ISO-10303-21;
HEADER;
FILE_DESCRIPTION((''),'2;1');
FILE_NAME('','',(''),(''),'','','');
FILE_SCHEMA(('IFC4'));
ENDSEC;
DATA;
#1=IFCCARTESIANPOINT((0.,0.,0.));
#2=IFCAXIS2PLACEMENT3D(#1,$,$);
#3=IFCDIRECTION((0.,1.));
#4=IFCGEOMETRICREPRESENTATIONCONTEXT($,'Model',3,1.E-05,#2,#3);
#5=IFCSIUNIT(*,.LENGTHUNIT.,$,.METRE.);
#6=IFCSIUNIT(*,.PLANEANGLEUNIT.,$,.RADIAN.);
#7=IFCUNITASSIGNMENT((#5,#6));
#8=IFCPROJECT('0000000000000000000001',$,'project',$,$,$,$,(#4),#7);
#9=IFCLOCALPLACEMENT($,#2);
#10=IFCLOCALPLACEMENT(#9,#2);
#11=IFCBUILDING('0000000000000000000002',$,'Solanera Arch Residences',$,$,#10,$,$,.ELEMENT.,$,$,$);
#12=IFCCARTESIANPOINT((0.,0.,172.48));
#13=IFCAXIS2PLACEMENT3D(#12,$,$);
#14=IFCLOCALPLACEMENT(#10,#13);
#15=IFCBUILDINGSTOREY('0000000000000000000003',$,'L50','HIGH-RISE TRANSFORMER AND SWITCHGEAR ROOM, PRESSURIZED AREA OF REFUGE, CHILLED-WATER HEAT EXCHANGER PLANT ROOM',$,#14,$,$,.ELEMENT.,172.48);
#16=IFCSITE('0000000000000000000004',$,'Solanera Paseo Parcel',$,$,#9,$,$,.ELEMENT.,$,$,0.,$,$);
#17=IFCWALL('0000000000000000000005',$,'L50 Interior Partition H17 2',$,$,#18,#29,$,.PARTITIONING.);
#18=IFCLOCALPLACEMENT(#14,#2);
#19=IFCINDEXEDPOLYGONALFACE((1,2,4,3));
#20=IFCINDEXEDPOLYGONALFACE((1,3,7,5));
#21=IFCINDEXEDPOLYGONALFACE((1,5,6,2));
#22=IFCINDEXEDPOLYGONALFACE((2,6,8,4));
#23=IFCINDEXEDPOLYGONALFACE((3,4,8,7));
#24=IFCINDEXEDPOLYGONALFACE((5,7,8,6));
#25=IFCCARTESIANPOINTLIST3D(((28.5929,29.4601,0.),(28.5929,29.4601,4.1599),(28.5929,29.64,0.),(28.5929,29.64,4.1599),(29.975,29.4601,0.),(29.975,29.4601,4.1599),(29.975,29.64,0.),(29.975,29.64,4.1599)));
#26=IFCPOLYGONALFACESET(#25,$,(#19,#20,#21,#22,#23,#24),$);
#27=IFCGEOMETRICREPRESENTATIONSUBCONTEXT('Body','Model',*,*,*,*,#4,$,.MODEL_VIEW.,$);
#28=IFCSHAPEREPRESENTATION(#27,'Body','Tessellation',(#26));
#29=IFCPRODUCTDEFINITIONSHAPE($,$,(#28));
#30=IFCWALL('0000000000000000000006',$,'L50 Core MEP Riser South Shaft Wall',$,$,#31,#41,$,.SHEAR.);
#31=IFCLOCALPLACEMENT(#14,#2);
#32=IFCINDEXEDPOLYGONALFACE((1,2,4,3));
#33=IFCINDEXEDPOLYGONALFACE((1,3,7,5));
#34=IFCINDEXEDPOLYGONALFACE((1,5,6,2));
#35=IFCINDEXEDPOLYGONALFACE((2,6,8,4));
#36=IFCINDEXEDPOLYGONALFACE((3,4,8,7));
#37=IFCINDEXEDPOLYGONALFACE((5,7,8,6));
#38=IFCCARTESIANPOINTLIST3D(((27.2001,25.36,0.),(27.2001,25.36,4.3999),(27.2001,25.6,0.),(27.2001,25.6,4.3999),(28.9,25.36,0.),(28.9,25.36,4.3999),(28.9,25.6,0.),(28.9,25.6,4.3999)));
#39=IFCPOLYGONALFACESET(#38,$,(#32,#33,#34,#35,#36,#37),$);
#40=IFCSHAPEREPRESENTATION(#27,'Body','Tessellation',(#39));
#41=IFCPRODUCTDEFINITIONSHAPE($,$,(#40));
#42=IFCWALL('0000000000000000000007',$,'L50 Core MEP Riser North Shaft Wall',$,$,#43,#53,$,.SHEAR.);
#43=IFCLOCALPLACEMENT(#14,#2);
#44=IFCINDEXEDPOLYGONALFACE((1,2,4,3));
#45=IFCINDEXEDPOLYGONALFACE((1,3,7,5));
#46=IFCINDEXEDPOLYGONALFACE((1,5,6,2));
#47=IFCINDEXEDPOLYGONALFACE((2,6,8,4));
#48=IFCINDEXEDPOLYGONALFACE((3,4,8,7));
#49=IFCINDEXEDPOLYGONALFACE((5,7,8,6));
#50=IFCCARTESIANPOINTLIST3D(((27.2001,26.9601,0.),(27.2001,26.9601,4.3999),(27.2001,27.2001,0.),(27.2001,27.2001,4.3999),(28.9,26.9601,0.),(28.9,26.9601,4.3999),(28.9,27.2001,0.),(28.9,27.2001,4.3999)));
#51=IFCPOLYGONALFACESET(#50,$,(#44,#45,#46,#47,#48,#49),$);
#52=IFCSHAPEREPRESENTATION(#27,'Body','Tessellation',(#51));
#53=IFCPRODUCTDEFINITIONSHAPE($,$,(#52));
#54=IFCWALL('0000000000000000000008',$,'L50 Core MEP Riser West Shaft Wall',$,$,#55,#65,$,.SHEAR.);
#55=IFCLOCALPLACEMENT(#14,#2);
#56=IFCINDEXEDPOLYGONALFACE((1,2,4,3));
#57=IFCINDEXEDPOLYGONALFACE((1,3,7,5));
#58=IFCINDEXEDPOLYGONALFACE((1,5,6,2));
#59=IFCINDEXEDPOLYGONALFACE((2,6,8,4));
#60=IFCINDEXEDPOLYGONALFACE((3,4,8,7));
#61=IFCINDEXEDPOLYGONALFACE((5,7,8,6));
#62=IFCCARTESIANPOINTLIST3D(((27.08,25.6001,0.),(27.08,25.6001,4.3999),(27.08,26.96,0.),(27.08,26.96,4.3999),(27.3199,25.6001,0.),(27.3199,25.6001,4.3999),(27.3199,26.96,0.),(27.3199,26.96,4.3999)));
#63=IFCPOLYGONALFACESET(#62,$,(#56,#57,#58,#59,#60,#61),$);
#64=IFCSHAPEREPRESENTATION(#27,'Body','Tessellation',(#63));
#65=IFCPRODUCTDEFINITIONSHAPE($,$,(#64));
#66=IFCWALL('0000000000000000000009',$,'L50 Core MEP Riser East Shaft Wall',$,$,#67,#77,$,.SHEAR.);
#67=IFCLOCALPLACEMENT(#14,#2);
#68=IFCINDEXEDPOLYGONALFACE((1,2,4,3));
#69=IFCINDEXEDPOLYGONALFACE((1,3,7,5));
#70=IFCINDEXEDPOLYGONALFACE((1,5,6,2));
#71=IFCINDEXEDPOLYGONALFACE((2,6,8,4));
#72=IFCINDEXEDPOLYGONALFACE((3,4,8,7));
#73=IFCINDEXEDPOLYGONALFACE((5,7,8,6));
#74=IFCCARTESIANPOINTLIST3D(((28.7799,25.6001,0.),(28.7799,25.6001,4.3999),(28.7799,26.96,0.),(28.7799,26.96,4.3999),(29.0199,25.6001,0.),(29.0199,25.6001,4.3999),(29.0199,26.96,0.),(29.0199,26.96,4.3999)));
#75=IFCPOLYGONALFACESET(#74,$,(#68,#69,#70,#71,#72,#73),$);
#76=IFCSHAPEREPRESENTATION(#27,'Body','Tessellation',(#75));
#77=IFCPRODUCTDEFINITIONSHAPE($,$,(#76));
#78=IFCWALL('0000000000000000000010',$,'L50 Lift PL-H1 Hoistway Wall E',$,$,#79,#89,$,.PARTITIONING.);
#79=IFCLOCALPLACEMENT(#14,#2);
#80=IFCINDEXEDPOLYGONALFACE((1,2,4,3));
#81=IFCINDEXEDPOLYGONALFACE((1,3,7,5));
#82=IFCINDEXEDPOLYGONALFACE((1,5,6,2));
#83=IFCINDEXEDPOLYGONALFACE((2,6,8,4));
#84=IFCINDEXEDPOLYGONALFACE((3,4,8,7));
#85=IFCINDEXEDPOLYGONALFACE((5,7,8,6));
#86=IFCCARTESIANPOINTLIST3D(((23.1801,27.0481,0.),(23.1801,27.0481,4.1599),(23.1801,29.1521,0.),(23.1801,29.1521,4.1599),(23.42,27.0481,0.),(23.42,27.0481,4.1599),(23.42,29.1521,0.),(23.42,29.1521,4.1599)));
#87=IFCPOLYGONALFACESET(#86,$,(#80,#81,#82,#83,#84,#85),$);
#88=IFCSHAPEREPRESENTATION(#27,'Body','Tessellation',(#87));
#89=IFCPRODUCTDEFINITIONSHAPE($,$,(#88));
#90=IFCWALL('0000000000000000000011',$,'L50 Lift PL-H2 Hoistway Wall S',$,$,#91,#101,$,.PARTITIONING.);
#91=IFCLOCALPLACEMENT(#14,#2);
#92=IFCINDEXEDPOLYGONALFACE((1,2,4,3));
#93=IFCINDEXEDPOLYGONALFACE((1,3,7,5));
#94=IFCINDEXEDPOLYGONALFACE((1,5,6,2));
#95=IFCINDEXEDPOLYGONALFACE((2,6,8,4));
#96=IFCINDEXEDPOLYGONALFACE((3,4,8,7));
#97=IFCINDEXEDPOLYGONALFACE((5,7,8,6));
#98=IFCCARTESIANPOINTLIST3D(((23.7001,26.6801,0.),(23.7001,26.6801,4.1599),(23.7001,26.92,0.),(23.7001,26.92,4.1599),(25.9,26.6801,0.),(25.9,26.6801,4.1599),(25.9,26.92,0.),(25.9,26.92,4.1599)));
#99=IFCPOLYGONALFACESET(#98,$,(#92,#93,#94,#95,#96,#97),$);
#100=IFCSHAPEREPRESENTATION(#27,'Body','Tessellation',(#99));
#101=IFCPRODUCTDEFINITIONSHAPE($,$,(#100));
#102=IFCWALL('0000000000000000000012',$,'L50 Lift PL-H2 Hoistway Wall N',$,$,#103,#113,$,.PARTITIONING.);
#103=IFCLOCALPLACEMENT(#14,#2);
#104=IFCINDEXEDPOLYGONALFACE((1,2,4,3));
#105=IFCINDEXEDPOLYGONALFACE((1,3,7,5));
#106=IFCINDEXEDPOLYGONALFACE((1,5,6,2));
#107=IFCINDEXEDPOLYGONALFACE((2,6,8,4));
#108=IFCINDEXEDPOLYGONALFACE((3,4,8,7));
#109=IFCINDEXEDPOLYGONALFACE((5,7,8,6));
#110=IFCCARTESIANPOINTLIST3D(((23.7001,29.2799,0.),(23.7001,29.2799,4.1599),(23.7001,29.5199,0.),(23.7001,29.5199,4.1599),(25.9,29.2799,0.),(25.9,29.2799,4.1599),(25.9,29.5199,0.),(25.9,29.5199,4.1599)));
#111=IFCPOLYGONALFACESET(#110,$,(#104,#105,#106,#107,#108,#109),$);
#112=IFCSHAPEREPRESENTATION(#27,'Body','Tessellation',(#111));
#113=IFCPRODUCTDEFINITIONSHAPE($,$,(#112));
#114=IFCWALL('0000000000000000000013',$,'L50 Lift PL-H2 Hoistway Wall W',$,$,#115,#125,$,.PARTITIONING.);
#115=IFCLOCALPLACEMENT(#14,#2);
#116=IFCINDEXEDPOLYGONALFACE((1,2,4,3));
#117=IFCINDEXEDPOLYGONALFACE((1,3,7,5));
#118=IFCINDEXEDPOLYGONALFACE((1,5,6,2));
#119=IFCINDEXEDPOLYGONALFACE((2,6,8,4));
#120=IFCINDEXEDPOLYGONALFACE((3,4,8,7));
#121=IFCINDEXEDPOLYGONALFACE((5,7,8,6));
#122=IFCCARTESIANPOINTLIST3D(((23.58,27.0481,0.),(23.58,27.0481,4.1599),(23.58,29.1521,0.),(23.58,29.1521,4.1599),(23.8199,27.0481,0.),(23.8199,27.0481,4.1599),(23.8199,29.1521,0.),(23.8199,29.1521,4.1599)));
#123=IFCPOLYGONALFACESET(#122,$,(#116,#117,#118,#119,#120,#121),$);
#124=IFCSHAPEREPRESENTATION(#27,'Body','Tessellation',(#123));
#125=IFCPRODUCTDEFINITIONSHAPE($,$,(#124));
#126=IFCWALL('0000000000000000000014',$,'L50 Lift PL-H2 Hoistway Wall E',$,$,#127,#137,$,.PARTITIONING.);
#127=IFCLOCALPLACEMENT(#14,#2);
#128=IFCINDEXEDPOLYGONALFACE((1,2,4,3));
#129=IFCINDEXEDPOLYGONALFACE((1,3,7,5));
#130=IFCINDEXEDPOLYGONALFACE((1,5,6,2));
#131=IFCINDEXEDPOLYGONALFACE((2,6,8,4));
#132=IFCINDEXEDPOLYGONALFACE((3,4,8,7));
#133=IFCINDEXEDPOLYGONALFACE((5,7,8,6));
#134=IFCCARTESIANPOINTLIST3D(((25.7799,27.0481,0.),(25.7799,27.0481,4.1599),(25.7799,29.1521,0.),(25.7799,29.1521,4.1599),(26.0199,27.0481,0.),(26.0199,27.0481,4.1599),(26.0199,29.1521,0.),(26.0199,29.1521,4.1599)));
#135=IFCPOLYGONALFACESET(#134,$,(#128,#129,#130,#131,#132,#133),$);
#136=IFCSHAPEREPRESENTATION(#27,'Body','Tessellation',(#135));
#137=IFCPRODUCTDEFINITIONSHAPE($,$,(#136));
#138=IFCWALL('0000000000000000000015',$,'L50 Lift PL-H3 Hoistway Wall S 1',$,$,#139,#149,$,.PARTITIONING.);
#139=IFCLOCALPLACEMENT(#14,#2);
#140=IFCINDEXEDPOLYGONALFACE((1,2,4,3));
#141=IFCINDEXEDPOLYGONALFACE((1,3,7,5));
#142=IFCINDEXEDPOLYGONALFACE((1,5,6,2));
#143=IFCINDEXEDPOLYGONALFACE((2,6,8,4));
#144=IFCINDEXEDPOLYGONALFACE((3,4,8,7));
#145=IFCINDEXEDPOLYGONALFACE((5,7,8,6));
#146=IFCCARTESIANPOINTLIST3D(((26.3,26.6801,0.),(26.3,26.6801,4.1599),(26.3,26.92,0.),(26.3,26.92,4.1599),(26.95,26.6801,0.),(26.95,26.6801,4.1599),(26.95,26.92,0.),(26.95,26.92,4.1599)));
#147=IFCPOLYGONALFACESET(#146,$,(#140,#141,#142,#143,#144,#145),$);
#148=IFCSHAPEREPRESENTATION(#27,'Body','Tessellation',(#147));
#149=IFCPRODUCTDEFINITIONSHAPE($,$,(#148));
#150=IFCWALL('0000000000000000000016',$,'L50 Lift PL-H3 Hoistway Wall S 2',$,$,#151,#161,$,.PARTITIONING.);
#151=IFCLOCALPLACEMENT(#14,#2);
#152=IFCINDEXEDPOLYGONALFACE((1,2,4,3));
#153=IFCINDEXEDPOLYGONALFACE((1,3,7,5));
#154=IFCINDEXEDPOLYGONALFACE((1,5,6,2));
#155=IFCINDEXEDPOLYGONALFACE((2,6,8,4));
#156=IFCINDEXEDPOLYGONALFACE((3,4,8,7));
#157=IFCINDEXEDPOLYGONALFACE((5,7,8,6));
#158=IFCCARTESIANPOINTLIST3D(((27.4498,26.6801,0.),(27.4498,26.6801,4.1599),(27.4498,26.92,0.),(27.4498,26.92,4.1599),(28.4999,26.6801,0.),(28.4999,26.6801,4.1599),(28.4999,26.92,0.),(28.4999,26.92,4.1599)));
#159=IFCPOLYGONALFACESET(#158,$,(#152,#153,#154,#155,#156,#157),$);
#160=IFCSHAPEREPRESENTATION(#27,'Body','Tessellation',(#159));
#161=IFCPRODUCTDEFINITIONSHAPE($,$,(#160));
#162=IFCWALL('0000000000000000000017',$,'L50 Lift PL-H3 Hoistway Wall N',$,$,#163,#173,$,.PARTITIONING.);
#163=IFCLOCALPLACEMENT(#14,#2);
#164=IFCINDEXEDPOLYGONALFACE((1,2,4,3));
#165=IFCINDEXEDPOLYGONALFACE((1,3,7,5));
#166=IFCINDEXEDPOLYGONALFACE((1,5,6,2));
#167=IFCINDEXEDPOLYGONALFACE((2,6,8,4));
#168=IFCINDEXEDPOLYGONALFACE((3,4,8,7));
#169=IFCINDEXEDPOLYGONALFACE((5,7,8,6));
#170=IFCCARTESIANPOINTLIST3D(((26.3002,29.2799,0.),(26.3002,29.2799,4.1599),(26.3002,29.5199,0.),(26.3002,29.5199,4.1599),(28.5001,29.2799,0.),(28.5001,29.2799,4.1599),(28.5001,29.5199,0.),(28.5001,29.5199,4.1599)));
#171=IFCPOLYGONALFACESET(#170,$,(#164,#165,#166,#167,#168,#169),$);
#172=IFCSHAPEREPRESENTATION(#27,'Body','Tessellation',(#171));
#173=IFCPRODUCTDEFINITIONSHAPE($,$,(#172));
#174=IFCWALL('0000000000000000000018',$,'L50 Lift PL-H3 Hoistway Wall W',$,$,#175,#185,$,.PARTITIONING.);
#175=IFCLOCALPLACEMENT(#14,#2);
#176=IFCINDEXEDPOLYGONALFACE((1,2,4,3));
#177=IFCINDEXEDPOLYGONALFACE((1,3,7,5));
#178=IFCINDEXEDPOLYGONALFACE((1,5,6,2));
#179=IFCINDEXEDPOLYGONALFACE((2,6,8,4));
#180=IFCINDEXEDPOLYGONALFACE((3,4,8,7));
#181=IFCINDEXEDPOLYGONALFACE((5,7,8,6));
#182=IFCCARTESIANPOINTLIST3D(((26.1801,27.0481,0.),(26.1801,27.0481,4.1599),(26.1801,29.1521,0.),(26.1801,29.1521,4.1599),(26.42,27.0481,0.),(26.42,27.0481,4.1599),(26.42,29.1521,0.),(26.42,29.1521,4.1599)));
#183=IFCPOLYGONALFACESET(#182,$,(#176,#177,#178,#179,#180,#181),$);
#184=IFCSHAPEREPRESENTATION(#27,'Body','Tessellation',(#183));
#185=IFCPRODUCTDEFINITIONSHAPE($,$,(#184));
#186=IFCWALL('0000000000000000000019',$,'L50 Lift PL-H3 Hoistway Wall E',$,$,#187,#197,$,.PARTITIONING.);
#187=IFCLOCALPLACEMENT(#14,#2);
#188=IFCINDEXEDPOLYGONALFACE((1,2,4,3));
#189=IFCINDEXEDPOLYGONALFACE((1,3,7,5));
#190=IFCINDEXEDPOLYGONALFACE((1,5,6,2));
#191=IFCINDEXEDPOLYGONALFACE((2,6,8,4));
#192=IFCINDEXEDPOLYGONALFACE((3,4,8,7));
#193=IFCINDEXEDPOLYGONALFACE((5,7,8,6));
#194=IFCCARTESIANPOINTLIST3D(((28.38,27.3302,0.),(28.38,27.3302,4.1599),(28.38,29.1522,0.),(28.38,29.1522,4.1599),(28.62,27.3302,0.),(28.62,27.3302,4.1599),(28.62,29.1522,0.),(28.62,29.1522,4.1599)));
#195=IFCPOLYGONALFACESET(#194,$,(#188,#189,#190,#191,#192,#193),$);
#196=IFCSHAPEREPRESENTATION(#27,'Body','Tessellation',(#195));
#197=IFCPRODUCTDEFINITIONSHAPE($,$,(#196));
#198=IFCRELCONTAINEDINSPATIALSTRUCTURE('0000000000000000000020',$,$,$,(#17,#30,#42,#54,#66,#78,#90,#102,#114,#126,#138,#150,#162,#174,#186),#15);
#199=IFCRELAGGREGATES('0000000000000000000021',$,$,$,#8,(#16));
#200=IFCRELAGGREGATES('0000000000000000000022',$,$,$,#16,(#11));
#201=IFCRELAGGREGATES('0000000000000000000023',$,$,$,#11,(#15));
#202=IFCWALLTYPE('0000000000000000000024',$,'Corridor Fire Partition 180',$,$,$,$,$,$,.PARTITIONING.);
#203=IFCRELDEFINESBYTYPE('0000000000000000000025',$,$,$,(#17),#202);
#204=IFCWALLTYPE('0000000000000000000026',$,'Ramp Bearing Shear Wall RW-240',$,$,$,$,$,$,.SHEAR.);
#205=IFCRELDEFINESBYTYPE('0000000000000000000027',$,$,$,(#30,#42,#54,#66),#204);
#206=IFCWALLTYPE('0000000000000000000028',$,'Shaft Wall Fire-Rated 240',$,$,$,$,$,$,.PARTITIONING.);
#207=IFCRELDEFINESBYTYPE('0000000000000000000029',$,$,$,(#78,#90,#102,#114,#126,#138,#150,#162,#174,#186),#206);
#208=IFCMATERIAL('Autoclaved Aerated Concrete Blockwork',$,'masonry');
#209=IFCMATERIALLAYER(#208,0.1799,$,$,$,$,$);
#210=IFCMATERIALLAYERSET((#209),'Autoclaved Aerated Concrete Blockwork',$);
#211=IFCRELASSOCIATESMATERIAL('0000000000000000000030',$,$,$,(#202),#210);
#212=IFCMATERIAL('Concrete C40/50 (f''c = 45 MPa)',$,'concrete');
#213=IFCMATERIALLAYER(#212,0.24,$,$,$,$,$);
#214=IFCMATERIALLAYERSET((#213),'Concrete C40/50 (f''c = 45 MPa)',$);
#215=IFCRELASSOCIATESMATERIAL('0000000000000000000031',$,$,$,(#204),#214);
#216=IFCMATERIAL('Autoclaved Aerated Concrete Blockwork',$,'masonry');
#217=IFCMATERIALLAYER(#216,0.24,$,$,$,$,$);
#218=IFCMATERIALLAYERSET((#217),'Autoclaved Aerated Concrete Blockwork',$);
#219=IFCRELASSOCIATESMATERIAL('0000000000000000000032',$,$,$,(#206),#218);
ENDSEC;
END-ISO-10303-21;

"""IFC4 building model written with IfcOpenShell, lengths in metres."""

from ifc_helpers import new_model, si_unit, direction, frame, frame_2d, origin, place, context, subcontext, project, spatial, rectangle, extrude, material, layer, layer_set, type_object, element, save


model = new_model("IFC4")

# Units and contexts
model_context = context("Model", 3, precision=1e-05, world=origin(), true_north=direction((0.0, 1.0)))
body_context = subcontext(model_context, "Body", "Model", "MODEL_VIEW")
ifc_project = project(units=[si_unit("LENGTHUNIT", "METRE"), si_unit("PLANEANGLEUNIT", "RADIAN")], contexts=[model_context])

# Site, building, storey
site_placement = place(None, origin())
site = spatial("IfcSite", under=ifc_project, at=site_placement, Name="Solanera Paseo Parcel", CompositionType="ELEMENT", RefElevation=0.0)
building_placement = place(site_placement, origin())
building = spatial("IfcBuilding", under=site, at=building_placement, Name="Solanera Arch Residences", CompositionType="ELEMENT")
storey_placement = place(building_placement, frame((0.0, 0.0, 172.48)))
storey = spatial("IfcBuildingStorey", under=building, at=storey_placement, Name="L50", Description="HIGH-RISE TRANSFORMER AND SWITCHGEAR ROOM, PRESSURIZED AREA OF REFUGE, CHILLED-WATER HEAT EXCHANGER PLANT ROOM", CompositionType="ELEMENT", Elevation=172.48)

# Walls
ifc_material_1 = material(Name="Autoclaved Aerated Concrete Blockwork", Category="masonry")
ifc_layer_1 = layer(ifc_material_1, 0.1799)
ifc_layer_set_1 = layer_set([ifc_layer_1], Name="Autoclaved Aerated Concrete Blockwork")
wall_type_1 = type_object("IfcWallType", Name="Corridor Fire Partition 180", PredefinedType="PARTITIONING", material=ifc_layer_set_1)
wall_1_placement = place(storey_placement, frame((28.593, 29.55, 0.0), z_axis=(0.0, 0.0, 1.0), x_axis=(1.0, 0.0, 0.0)))
element("IfcWall", 1, at=wall_1_placement, inside=storey, type_object=wall_type_1, Name="L50 Interior Partition H17 2", PredefinedType="PARTITIONING", context=body_context, shape_type="SweptSolid", body=[
    extrude(rectangle(XDim=1.3821, YDim=0.1799, at=frame_2d((0.6909, 0.0))), origin(), (0.0, 0.0, 1.0), 4.1599),
])
ifc_material_2 = material(Name="Concrete C40/50 (f'c = 45 MPa)", Category="concrete")
ifc_layer_2 = layer(ifc_material_2, 0.24)
ifc_layer_set_2 = layer_set([ifc_layer_2], Name="Concrete C40/50 (f'c = 45 MPa)")
wall_type_2 = type_object("IfcWallType", Name="Ramp Bearing Shear Wall RW-240", PredefinedType="SHEAR", material=ifc_layer_set_2)
for number, where, z_axis, x_axis, name in (
    (2, (27.2, 25.48, 0.0), (0.0, 0.0, 1.0), (1.0, 0.0, 0.0), "L50 Core MEP Riser South Shaft Wall"),
    (3, (27.2, 27.0801, 0.0), (0.0, 0.0, 1.0), (1.0, 0.0, 0.0), "L50 Core MEP Riser North Shaft Wall"),
):
    element("IfcWall", number, at=place(storey_placement, frame(where, z_axis=z_axis, x_axis=x_axis)), inside=storey, type_object=wall_type_2, Name=name, PredefinedType="SHEAR", context=body_context, shape_type="SweptSolid", body=[
        extrude(rectangle(XDim=1.7, YDim=0.24, at=frame_2d((0.8501, 0.0))), origin(), (0.0, 0.0, 1.0), 4.3999),
    ])
for number, where, z_axis, x_axis, name in (
    (4, (27.2, 25.6001, 0.0), (0.0, 0.0, 1.0), (0.0, 1.0, 0.0), "L50 Core MEP Riser West Shaft Wall"),
    (5, (28.8999, 25.6001, 0.0), (0.0, 0.0, 1.0), (0.0, 1.0, 0.0), "L50 Core MEP Riser East Shaft Wall"),
):
    element("IfcWall", number, at=place(storey_placement, frame(where, z_axis=z_axis, x_axis=x_axis)), inside=storey, type_object=wall_type_2, Name=name, PredefinedType="SHEAR", context=body_context, shape_type="SweptSolid", body=[
        extrude(rectangle(XDim=1.3599, YDim=0.24, at=frame_2d((0.6799, 0.0))), origin(), (0.0, 0.0, 1.0), 4.3999),
    ])
ifc_material_3 = material(Name="Autoclaved Aerated Concrete Blockwork", Category="masonry")
ifc_layer_3 = layer(ifc_material_3, 0.24)
ifc_layer_set_3 = layer_set([ifc_layer_3], Name="Autoclaved Aerated Concrete Blockwork")
wall_type_3 = type_object("IfcWallType", Name="Shaft Wall Fire-Rated 240", PredefinedType="PARTITIONING", material=ifc_layer_set_3)
wall_2_placement = place(storey_placement, frame((23.3, 27.0481, 0.0), z_axis=(0.0, 0.0, 1.0), x_axis=(0.0, 1.0, 0.0)))
element("IfcWall", 6, at=wall_2_placement, inside=storey, type_object=wall_type_3, Name="L50 Lift PL-H1 Hoistway Wall E", PredefinedType="PARTITIONING", context=body_context, shape_type="SweptSolid", body=[
    extrude(rectangle(XDim=2.104, YDim=0.24, at=frame_2d((1.052, 0.0))), origin(), (0.0, 0.0, 1.0), 4.1599),
])
for number, where, z_axis, x_axis, name in (
    (7, (23.7, 26.8, 0.0), (0.0, 0.0, 1.0), (1.0, 0.0, 0.0), "L50 Lift PL-H2 Hoistway Wall S"),
    (8, (23.7, 29.3999, 0.0), (0.0, 0.0, 1.0), (1.0, 0.0, 0.0), "L50 Lift PL-H2 Hoistway Wall N"),
):
    element("IfcWall", number, at=place(storey_placement, frame(where, z_axis=z_axis, x_axis=x_axis)), inside=storey, type_object=wall_type_3, Name=name, PredefinedType="PARTITIONING", context=body_context, shape_type="SweptSolid", body=[
        extrude(rectangle(XDim=2.2, YDim=0.24, at=frame_2d((1.1001, 0.0))), origin(), (0.0, 0.0, 1.0), 4.1599),
    ])
for number, where, z_axis, x_axis, name in (
    (9, (23.7, 27.0481, 0.0), (0.0, 0.0, 1.0), (0.0, 1.0, 0.0), "L50 Lift PL-H2 Hoistway Wall W"),
    (10, (25.8999, 27.0481, 0.0), (0.0, 0.0, 1.0), (0.0, 1.0, 0.0), "L50 Lift PL-H2 Hoistway Wall E"),
):
    element("IfcWall", number, at=place(storey_placement, frame(where, z_axis=z_axis, x_axis=x_axis)), inside=storey, type_object=wall_type_3, Name=name, PredefinedType="PARTITIONING", context=body_context, shape_type="SweptSolid", body=[
        extrude(rectangle(XDim=2.104, YDim=0.24, at=frame_2d((1.052, 0.0))), origin(), (0.0, 0.0, 1.0), 4.1599),
    ])
wall_3_placement = place(storey_placement, frame((26.3, 26.8, 0.0), z_axis=(0.0, 0.0, 1.0), x_axis=(1.0, 0.0, 0.0)))
element("IfcWall", 11, at=wall_3_placement, inside=storey, type_object=wall_type_3, Name="L50 Lift PL-H3 Hoistway Wall S 1", PredefinedType="PARTITIONING", context=body_context, shape_type="SweptSolid", body=[
    extrude(rectangle(XDim=0.6499, YDim=0.24, at=frame_2d((0.325, 0.0))), origin(), (0.0, 0.0, 1.0), 4.1599),
])
wall_4_placement = place(storey_placement, frame((27.45, 26.8, 0.0), z_axis=(0.0, 0.0, 1.0), x_axis=(1.0, 0.0, 0.0)))
element("IfcWall", 12, at=wall_4_placement, inside=storey, type_object=wall_type_3, Name="L50 Lift PL-H3 Hoistway Wall S 2", PredefinedType="PARTITIONING", context=body_context, shape_type="SweptSolid", body=[
    extrude(rectangle(XDim=1.05, YDim=0.24, at=frame_2d((0.5249, 0.0))), origin(), (0.0, 0.0, 1.0), 4.1599),
])
wall_5_placement = place(storey_placement, frame((26.3, 29.3999, 0.0), z_axis=(0.0, 0.0, 1.0), x_axis=(1.0, 0.0, 0.0)))
element("IfcWall", 13, at=wall_5_placement, inside=storey, type_object=wall_type_3, Name="L50 Lift PL-H3 Hoistway Wall N", PredefinedType="PARTITIONING", context=body_context, shape_type="SweptSolid", body=[
    extrude(rectangle(XDim=2.2, YDim=0.24, at=frame_2d((1.1001, 0.0))), origin(), (0.0, 0.0, 1.0), 4.1599),
])
wall_6_placement = place(storey_placement, frame((26.3, 27.0481, 0.0), z_axis=(0.0, 0.0, 1.0), x_axis=(0.0, 1.0, 0.0)))
element("IfcWall", 14, at=wall_6_placement, inside=storey, type_object=wall_type_3, Name="L50 Lift PL-H3 Hoistway Wall W", PredefinedType="PARTITIONING", context=body_context, shape_type="SweptSolid", body=[
    extrude(rectangle(XDim=2.104, YDim=0.24, at=frame_2d((1.052, 0.0))), origin(), (0.0, 0.0, 1.0), 4.1599),
])
wall_7_placement = place(storey_placement, frame((28.5, 27.3301, 0.0), z_axis=(0.0, 0.0, 1.0), x_axis=(0.0, 1.0, 0.0)))
element("IfcWall", 15, at=wall_7_placement, inside=storey, type_object=wall_type_3, Name="L50 Lift PL-H3 Hoistway Wall E", PredefinedType="PARTITIONING", context=body_context, shape_type="SweptSolid", body=[
    extrude(rectangle(XDim=1.822, YDim=0.24, at=frame_2d((0.9111, 0.0))), origin(), (0.0, 0.0, 1.0), 4.1599),
])

save(model, "model.ifc")
